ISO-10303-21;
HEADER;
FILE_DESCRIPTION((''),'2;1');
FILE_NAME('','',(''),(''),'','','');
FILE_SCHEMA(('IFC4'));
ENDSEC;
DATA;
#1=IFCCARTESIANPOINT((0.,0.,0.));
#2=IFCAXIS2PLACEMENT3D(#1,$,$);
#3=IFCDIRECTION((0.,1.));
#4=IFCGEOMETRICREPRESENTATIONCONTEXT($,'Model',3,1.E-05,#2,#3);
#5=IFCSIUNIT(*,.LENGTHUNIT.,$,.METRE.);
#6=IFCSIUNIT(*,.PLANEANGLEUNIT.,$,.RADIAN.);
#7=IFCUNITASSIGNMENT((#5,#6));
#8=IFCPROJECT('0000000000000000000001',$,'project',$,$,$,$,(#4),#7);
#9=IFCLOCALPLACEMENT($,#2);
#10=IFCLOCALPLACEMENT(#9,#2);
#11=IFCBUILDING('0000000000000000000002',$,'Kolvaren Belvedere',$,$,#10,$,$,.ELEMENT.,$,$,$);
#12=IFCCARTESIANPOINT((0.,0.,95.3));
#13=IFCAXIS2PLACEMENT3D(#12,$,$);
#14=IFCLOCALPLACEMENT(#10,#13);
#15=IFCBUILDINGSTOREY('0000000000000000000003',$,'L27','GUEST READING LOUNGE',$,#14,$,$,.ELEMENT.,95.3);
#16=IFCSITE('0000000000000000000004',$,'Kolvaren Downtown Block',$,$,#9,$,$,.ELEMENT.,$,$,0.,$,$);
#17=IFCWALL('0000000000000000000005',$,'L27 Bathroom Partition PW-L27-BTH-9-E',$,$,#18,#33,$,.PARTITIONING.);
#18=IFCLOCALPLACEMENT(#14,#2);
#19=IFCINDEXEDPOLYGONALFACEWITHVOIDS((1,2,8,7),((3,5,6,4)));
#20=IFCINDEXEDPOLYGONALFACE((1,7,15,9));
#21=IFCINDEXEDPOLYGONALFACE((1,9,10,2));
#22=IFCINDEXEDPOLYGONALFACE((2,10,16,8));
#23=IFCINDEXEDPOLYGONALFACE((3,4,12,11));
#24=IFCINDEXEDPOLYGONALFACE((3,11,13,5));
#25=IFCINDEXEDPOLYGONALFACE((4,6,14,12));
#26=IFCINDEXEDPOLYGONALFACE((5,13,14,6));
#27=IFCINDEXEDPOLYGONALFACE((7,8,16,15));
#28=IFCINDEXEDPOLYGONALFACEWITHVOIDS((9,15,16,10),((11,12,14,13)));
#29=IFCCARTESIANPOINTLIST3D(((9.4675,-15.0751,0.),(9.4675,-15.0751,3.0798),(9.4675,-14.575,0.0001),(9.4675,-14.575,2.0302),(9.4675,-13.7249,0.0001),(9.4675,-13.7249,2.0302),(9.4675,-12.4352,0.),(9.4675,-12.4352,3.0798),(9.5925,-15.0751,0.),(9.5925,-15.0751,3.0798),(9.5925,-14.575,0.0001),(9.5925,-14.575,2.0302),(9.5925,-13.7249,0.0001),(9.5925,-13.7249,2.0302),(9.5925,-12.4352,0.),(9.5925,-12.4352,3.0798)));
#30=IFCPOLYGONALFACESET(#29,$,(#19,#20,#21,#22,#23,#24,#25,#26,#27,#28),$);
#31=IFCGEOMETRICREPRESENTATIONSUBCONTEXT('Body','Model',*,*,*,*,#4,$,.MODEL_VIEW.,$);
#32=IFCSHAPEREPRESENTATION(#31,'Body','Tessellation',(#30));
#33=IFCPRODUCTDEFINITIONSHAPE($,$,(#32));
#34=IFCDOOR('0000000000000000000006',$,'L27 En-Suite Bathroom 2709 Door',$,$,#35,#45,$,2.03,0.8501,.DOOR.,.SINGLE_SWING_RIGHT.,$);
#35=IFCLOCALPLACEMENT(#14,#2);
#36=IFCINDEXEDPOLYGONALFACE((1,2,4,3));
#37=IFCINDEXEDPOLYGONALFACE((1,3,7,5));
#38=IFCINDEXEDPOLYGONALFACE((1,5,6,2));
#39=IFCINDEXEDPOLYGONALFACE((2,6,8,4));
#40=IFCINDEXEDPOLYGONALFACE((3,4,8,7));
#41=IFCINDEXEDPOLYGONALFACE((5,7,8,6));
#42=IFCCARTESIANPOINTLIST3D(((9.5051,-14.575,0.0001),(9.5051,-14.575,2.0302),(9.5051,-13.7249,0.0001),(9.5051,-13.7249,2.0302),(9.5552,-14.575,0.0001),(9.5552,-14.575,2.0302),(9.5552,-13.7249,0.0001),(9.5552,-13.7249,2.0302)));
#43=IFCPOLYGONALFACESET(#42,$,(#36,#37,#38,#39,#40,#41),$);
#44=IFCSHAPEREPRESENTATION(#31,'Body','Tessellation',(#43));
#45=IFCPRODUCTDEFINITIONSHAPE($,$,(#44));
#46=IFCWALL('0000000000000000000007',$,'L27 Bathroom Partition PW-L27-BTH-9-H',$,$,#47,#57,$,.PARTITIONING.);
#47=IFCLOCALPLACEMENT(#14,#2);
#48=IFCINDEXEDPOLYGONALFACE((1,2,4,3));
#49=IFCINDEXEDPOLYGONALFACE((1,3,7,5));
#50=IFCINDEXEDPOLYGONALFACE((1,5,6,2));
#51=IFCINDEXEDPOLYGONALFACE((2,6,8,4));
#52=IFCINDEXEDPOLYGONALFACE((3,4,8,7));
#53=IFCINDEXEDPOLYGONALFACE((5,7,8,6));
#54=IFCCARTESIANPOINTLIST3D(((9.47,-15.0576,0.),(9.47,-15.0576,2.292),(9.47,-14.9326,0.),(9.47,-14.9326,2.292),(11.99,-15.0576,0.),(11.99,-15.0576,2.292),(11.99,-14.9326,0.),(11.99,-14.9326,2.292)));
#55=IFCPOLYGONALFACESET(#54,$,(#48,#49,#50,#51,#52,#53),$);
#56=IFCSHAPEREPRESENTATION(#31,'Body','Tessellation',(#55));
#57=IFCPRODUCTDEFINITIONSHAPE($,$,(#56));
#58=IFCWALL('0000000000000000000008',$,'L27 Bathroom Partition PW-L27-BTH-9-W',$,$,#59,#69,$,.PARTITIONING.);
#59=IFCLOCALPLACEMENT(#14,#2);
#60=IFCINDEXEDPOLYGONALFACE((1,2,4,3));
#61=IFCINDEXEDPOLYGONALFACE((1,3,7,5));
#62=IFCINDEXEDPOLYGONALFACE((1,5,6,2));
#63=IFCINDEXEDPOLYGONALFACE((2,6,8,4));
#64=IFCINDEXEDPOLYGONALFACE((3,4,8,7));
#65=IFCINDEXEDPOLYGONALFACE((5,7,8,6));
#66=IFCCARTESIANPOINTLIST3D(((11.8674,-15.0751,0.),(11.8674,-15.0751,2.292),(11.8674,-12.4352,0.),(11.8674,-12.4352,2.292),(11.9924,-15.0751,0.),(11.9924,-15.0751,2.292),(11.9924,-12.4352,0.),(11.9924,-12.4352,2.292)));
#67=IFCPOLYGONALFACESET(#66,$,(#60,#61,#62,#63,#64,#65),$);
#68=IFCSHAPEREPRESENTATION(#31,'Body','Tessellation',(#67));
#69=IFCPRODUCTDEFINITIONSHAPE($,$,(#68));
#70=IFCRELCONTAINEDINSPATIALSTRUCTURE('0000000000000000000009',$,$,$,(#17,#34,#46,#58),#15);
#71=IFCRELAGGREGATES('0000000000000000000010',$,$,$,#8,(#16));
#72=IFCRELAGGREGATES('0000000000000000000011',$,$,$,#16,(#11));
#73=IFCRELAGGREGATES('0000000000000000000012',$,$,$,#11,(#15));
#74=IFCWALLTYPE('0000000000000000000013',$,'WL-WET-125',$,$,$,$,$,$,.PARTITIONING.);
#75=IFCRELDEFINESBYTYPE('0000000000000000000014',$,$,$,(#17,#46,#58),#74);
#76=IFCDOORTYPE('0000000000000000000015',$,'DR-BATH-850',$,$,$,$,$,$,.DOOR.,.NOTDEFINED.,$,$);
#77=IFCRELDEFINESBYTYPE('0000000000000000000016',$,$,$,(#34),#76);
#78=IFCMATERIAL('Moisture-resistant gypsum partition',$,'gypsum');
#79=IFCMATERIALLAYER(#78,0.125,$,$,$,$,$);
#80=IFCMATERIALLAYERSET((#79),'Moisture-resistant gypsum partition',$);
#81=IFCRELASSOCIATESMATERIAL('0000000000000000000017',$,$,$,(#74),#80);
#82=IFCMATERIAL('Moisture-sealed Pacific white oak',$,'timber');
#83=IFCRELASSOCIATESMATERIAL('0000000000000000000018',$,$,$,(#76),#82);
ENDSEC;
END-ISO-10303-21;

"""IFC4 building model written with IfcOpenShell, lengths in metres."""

from ifc_helpers import new_model, si_unit, direction, frame, frame_2d, origin, place, context, subcontext, project, spatial, rectangle, extrude, material, layer, layer_set, type_object, element, fill, save


model = new_model("IFC4")

# Units and contexts
model_context = context("Model", 3, precision=1e-05, world=origin(), true_north=direction((0.0, 1.0)))
body_context = subcontext(model_context, "Body", "Model", "MODEL_VIEW")
ifc_project = project(units=[si_unit("LENGTHUNIT", "METRE"), si_unit("PLANEANGLEUNIT", "RADIAN")], contexts=[model_context])

# Site, building, storey
site_placement = place(None, origin())
site = spatial("IfcSite", under=ifc_project, at=site_placement, Name="Kolvaren Downtown Block", CompositionType="ELEMENT", RefElevation=0.0)
building_placement = place(site_placement, origin())
building = spatial("IfcBuilding", under=site, at=building_placement, Name="Kolvaren Belvedere", CompositionType="ELEMENT")
storey_placement = place(building_placement, frame((0.0, 0.0, 95.3)))
storey = spatial("IfcBuildingStorey", under=building, at=storey_placement, Name="L27", Description="GUEST READING LOUNGE", CompositionType="ELEMENT", Elevation=95.3)

# Wall, opening, door
ifc_material_1 = material(Name="Moisture-resistant gypsum partition", Category="gypsum")
ifc_layer_1 = layer(ifc_material_1, 0.125)
ifc_layer_set_1 = layer_set([ifc_layer_1], Name="Moisture-resistant gypsum partition")
wall_type_1 = type_object("IfcWallType", Name="WL-WET-125", PredefinedType="PARTITIONING", material=ifc_layer_set_1)
wall_1_placement = place(storey_placement, frame((9.53, -15.075, 0.0), z_axis=(0.0, 0.0, 1.0), x_axis=(0.0, 1.0, 0.0)))
wall_1 = element("IfcWall", 1, at=wall_1_placement, inside=storey, type_object=wall_type_1, Name="L27 Bathroom Partition PW-L27-BTH-9-E", PredefinedType="PARTITIONING", context=body_context, shape_type="SweptSolid", body=[
    extrude(rectangle(XDim=2.6399, YDim=0.125, at=frame_2d((1.3198, 0.0))), origin(), (0.0, 0.0, 1.0), 3.0798),
])
opening_1_placement = place(wall_1_placement, frame((0.5, 0.0, 0.0)))
opening_1 = element("IfcOpeningElement", 2, at=opening_1_placement, cuts=wall_1, PredefinedType="OPENING", context=body_context, shape_type="SweptSolid", body=[
    extrude(rectangle(XDim=0.8501, YDim=2.03, at=frame_2d((0.425, 1.0151))), frame((0.0, 0.0725, 0.0), z_axis=(0.0, -1.0, 0.0), x_axis=(1.0, 0.0, 0.0)), (0.0, 0.0, 1.0), 0.145),
])
ifc_material_2 = material(Name="Moisture-sealed Pacific white oak", Category="timber")
door_type_1 = type_object("IfcDoorType", Name="DR-BATH-850", OperationType="NOTDEFINED", PredefinedType="DOOR", material=ifc_material_2)
door_1_placement = place(opening_1_placement, origin())
door_1 = element("IfcDoor", 3, at=door_1_placement, inside=storey, type_object=door_type_1, Name="L27 En-Suite Bathroom 2709 Door", OperationType="SINGLE_SWING_RIGHT", OverallHeight=2.03, OverallWidth=0.8501, PredefinedType="DOOR", context=body_context, shape_type="SweptSolid", body=[
    extrude(rectangle(XDim=0.8501, YDim=2.03, at=frame_2d((0.425, 1.0151))), frame((0.0, 0.0249, 0.0), z_axis=(0.0, -1.0, 0.0), x_axis=(1.0, 0.0, 0.0)), (0.0, 0.0, 1.0), 0.05),
])
fill(opening_1, door_1)

# Walls
wall_2_placement = place(storey_placement, frame((9.47, -14.9951, 0.0), z_axis=(0.0, 0.0, 1.0), x_axis=(1.0, 0.0, 0.0)))
element("IfcWall", 4, at=wall_2_placement, inside=storey, type_object=wall_type_1, Name="L27 Bathroom Partition PW-L27-BTH-9-H", PredefinedType="PARTITIONING", context=body_context, shape_type="SweptSolid", body=[
    extrude(rectangle(XDim=2.52, YDim=0.125, at=frame_2d((1.26, 0.0))), origin(), (0.0, 0.0, 1.0), 2.292),
])
wall_3_placement = place(storey_placement, frame((11.9299, -15.075, 0.0), z_axis=(0.0, 0.0, 1.0), x_axis=(0.0, 1.0, 0.0)))
element("IfcWall", 5, at=wall_3_placement, inside=storey, type_object=wall_type_1, Name="L27 Bathroom Partition PW-L27-BTH-9-W", PredefinedType="PARTITIONING", context=body_context, shape_type="SweptSolid", body=[
    extrude(rectangle(XDim=2.6399, YDim=0.125, at=frame_2d((1.3198, 0.0))), origin(), (0.0, 0.0, 1.0), 2.292),
])

save(model, "model.ifc")
